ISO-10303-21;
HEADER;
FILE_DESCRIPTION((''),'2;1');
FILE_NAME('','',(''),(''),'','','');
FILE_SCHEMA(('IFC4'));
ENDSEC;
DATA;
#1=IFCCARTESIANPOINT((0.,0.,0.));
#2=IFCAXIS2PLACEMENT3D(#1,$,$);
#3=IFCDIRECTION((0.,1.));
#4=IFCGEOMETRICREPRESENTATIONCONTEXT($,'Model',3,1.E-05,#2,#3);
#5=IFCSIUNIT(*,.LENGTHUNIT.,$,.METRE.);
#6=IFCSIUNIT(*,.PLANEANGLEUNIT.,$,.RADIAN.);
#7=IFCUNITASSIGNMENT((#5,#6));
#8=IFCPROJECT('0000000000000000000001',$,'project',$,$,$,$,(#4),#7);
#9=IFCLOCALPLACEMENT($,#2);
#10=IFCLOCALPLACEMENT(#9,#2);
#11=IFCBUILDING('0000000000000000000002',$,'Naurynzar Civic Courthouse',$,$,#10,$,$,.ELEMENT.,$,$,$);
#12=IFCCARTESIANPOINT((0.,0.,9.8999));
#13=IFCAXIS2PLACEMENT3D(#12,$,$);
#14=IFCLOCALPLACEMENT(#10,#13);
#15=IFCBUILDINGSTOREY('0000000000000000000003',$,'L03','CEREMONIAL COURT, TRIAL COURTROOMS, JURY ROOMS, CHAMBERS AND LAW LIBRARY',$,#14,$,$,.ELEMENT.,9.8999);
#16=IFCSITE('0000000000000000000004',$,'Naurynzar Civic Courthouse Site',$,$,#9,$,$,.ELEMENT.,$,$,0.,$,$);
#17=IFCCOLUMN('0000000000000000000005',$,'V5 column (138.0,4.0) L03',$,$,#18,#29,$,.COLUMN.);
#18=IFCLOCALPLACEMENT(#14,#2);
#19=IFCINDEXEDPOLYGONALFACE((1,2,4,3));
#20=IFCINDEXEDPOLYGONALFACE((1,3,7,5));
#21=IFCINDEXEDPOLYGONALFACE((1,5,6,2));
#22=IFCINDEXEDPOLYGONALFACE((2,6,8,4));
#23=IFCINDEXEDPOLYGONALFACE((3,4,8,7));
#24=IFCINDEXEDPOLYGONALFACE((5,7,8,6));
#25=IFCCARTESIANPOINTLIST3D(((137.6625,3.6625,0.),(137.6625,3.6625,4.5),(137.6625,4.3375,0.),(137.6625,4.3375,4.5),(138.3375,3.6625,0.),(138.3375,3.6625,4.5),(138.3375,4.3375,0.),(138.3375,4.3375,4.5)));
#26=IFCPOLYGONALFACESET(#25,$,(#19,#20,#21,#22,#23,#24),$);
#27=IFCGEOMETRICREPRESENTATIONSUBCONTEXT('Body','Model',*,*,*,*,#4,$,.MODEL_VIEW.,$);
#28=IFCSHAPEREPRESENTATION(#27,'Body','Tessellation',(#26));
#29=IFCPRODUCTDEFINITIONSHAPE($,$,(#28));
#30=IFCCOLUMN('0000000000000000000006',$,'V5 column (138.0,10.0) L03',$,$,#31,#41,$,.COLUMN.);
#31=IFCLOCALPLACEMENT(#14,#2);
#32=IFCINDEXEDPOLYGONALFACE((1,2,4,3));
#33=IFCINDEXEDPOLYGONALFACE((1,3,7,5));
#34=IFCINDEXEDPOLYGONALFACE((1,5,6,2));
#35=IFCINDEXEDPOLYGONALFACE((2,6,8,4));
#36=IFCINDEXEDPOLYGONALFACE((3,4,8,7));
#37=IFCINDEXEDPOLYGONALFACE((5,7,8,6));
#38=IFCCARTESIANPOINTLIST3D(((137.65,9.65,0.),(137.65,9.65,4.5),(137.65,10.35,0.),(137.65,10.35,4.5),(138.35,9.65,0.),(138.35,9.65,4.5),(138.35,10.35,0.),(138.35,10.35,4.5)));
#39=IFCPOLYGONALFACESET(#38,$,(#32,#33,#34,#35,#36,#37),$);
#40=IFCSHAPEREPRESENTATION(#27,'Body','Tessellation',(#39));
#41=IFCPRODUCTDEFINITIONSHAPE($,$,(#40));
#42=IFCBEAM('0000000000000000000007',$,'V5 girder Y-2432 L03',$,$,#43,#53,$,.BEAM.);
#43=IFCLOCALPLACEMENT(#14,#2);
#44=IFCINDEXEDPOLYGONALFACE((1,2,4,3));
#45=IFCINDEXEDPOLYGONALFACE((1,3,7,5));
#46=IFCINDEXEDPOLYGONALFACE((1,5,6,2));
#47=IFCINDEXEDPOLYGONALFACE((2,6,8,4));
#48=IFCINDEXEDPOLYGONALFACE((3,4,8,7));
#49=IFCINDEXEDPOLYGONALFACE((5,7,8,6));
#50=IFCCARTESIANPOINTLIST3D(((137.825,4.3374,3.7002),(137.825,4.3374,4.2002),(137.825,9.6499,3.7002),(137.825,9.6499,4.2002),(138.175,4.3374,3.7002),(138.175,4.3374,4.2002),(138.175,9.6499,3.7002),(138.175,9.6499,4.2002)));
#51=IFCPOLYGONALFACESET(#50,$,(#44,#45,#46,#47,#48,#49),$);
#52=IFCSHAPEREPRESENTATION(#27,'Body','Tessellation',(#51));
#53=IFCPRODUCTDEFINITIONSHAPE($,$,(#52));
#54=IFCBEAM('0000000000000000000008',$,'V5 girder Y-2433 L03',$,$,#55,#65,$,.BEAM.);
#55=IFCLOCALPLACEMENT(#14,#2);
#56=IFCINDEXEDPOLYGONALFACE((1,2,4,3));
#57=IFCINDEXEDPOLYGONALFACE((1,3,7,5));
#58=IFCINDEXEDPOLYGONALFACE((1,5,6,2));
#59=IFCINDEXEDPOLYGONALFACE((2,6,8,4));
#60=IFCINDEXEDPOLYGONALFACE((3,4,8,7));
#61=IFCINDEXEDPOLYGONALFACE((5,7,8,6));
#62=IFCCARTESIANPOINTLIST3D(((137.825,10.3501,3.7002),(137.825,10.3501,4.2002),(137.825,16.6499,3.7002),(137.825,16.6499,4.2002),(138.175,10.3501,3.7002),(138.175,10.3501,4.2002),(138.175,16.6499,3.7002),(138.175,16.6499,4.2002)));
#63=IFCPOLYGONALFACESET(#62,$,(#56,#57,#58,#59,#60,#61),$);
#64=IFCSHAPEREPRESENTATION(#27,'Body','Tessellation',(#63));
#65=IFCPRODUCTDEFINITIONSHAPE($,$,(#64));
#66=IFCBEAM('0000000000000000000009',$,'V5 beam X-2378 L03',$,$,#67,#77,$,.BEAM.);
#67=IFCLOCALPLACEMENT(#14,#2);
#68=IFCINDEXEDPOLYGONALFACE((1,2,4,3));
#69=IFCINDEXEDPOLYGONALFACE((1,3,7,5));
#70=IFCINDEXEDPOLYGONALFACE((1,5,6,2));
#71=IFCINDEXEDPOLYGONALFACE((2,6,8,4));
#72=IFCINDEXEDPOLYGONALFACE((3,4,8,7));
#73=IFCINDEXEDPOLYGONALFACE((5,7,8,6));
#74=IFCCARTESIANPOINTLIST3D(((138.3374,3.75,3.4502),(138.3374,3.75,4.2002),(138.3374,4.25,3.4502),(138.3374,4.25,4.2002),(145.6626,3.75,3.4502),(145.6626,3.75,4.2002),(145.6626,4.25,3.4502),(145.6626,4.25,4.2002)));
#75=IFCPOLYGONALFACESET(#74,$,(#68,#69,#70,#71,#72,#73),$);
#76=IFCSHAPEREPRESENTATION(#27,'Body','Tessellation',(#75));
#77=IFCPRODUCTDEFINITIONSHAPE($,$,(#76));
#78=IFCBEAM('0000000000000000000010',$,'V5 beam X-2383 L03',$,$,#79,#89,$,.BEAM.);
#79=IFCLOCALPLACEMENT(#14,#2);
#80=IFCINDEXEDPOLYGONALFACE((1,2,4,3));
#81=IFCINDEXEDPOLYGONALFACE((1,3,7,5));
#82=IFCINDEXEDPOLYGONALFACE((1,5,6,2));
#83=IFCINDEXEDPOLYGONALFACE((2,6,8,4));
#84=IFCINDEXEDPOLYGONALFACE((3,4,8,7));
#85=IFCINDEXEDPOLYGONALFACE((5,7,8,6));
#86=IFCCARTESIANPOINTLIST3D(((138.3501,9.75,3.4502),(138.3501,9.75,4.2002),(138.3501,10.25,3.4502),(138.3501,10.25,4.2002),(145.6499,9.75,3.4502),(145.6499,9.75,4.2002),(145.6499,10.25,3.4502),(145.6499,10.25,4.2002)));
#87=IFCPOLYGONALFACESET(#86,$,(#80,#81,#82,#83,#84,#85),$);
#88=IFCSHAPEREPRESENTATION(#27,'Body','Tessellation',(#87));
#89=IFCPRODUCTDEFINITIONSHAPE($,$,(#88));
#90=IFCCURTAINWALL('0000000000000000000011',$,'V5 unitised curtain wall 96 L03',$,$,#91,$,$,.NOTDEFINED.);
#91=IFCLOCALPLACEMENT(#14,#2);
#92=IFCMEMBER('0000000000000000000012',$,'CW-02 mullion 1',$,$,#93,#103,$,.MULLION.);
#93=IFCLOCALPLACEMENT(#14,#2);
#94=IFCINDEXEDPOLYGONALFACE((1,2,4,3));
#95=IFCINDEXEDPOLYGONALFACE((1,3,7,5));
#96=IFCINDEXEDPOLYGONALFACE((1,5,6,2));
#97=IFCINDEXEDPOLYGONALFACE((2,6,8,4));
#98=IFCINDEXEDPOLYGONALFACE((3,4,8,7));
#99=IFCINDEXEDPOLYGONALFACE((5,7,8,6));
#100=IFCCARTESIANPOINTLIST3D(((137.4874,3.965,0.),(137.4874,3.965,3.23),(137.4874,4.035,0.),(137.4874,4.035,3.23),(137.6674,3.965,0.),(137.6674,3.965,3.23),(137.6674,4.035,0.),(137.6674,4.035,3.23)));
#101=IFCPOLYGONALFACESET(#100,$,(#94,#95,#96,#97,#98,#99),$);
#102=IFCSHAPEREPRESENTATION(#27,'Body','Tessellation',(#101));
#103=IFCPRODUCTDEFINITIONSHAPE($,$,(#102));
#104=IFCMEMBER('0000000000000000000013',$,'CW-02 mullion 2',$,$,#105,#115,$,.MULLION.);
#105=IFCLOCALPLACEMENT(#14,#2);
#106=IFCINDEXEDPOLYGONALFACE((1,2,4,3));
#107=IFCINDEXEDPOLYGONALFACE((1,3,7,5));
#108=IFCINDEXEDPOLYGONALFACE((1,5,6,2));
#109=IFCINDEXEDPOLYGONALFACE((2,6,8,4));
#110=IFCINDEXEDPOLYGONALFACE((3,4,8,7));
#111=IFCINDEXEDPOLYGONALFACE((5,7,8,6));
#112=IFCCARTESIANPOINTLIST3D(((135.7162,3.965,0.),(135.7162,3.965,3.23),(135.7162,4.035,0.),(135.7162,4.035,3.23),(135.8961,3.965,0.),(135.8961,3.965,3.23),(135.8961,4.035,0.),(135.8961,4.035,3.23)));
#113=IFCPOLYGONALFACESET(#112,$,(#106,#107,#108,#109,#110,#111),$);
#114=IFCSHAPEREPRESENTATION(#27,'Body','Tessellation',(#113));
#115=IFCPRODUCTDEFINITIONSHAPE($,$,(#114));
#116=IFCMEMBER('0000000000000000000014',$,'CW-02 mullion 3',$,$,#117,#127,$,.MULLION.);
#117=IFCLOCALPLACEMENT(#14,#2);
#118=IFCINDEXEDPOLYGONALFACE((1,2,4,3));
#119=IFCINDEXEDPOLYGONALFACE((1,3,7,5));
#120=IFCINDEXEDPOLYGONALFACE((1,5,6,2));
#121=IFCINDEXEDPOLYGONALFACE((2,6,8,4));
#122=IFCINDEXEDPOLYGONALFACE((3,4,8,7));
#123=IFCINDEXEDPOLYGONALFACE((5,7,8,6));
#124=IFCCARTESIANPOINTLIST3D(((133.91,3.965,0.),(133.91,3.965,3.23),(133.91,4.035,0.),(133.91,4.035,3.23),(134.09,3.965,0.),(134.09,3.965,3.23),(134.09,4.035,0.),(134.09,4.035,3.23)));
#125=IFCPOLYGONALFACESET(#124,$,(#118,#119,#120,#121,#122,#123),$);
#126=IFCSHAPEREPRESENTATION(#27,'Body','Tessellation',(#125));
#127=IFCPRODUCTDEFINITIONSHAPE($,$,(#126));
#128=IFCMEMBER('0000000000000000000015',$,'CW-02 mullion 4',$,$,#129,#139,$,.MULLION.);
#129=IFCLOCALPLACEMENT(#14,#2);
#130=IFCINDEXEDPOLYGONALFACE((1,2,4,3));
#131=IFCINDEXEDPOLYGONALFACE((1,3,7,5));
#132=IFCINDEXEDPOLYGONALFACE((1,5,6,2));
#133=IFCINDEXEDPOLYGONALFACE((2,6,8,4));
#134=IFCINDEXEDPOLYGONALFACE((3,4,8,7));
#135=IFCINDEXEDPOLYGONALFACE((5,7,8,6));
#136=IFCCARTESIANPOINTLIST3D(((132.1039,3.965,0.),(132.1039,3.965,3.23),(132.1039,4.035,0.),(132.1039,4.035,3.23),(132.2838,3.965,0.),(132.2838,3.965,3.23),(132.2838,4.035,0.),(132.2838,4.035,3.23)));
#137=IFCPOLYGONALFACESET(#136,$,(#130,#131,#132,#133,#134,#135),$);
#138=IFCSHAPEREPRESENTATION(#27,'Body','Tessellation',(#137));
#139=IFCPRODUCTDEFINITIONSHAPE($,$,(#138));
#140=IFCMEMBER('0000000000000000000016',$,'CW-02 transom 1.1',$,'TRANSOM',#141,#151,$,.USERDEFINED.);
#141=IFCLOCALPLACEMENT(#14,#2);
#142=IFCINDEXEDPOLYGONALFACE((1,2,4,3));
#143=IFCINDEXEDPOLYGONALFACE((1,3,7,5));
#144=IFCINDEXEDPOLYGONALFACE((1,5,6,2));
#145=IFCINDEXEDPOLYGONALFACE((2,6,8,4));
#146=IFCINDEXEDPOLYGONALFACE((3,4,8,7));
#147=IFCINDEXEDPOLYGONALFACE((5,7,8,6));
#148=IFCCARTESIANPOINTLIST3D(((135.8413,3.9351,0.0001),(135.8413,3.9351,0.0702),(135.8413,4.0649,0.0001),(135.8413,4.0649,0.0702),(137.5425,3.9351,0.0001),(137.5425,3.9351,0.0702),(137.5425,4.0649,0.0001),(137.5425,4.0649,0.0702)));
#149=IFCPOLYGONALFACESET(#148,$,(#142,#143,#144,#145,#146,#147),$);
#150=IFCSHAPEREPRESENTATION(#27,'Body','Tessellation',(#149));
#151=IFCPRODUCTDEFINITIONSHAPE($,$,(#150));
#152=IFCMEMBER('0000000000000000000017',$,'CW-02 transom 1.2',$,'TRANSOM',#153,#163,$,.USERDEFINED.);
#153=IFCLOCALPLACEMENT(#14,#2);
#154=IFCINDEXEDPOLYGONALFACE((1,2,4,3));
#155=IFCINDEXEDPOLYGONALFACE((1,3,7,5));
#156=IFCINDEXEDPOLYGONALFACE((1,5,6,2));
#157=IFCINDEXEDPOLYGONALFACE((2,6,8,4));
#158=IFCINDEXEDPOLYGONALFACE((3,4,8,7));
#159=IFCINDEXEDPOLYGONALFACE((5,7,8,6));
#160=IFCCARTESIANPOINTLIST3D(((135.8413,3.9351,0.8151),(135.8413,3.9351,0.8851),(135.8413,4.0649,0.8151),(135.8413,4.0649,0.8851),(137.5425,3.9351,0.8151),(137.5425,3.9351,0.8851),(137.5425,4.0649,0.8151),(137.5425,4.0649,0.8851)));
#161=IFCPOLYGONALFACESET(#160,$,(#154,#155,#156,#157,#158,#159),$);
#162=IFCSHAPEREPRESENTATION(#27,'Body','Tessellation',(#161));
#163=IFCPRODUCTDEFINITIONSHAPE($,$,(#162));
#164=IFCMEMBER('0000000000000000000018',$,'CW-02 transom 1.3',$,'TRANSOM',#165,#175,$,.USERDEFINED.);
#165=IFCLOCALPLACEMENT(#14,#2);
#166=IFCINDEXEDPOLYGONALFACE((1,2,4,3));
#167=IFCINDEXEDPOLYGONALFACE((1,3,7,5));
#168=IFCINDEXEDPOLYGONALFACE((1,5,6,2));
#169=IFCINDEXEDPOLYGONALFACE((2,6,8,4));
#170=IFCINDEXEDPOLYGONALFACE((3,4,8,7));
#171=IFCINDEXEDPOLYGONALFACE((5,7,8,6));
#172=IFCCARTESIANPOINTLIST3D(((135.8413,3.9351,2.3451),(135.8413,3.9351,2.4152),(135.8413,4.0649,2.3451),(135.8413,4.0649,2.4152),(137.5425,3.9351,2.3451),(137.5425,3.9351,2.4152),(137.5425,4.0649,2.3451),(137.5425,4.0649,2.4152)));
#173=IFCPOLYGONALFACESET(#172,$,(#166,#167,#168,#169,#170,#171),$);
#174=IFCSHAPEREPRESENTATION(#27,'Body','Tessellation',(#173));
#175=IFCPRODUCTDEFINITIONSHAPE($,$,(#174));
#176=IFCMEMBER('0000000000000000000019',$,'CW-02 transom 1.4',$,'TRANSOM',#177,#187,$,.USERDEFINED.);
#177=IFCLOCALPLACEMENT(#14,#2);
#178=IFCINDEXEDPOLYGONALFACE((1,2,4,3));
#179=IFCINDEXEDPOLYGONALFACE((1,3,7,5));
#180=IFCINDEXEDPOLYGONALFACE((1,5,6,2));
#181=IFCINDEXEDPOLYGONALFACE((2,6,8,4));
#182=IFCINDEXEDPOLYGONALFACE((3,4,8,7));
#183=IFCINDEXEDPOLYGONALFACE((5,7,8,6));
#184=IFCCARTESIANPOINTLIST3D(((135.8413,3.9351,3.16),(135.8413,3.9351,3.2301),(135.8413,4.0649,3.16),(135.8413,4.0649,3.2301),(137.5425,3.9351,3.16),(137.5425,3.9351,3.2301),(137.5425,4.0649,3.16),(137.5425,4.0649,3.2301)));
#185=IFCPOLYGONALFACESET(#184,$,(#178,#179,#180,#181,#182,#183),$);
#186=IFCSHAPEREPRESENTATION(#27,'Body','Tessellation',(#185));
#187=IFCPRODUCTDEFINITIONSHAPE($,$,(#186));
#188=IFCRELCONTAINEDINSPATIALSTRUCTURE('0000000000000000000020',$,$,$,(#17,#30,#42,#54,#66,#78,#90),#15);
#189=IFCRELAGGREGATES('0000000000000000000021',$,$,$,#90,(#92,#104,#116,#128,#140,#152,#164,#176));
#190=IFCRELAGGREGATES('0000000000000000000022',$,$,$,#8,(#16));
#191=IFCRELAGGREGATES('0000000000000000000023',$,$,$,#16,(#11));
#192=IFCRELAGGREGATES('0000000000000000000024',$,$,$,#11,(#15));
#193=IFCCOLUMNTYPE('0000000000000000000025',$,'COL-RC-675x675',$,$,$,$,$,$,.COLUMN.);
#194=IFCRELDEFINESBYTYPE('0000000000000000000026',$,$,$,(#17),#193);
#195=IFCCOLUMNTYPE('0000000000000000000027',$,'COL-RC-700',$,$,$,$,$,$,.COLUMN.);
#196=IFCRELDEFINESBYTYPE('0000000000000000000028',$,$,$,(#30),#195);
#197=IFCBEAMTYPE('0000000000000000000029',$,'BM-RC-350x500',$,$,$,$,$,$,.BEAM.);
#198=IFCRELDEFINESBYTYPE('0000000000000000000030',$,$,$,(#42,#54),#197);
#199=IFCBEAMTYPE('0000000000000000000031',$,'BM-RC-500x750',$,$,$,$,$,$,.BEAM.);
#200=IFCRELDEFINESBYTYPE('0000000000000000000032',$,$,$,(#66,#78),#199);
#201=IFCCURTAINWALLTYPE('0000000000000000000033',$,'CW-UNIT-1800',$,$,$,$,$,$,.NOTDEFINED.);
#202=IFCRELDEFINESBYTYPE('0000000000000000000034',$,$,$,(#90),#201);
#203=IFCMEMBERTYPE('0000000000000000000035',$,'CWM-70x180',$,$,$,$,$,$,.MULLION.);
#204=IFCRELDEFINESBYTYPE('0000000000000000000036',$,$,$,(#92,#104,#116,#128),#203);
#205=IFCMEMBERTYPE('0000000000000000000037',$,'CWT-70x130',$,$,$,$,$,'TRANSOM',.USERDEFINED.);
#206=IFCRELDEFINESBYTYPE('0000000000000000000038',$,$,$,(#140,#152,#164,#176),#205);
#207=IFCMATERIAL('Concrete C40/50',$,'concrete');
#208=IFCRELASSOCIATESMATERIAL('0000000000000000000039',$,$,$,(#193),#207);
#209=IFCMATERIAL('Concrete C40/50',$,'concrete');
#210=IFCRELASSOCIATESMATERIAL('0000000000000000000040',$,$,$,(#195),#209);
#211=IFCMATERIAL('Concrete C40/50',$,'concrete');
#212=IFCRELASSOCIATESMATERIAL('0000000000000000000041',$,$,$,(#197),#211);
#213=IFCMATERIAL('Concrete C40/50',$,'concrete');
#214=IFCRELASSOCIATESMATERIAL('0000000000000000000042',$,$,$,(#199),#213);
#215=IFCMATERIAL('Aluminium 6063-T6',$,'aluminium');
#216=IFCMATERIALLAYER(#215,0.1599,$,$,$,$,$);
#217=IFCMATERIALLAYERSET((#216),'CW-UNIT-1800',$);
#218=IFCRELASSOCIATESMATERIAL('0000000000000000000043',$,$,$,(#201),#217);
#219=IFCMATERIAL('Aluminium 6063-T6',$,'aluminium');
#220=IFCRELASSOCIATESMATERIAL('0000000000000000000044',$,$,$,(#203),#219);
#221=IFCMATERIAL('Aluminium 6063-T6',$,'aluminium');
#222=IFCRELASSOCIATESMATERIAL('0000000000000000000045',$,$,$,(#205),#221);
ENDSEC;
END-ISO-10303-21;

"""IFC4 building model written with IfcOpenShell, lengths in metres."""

from ifc_helpers import new_model, si_unit, direction, frame, origin, origin_2d, place, context, subcontext, project, spatial, rectangle, extrude, material, layer, layer_set, material_profile, profile_set, type_object, element, aggregate, save


model = new_model("IFC4")

# Units and contexts
model_context = context("Model", 3, precision=1e-05, world=origin(), true_north=direction((0.0, 1.0)))
body_context = subcontext(model_context, "Body", "Model", "MODEL_VIEW")
ifc_project = project(units=[si_unit("LENGTHUNIT", "METRE"), si_unit("PLANEANGLEUNIT", "RADIAN")], contexts=[model_context])

# Site, building, storey
site_placement = place(None, origin())
site = spatial("IfcSite", under=ifc_project, at=site_placement, Name="Naurynzar Civic Courthouse Site", CompositionType="ELEMENT", RefElevation=0.0)
building_placement = place(site_placement, origin())
building = spatial("IfcBuilding", under=site, at=building_placement, Name="Naurynzar Civic Courthouse", CompositionType="ELEMENT")
storey_placement = place(building_placement, frame((0.0, 0.0, 9.8999)))
storey = spatial("IfcBuildingStorey", under=building, at=storey_placement, Name="L03", Description="CEREMONIAL COURT, TRIAL COURTROOMS, JURY ROOMS, CHAMBERS AND LAW LIBRARY", CompositionType="ELEMENT", Elevation=9.8999)

# Columns
ifc_material_1 = material(Name="Concrete C40/50", Category="concrete")
ifc_material_profile_1 = material_profile(ifc_material_1, rectangle(XDim=0.675, YDim=0.675, at=origin_2d()), Name="RC 675x675")
ifc_profile_set_1 = profile_set([ifc_material_profile_1], Name="Concrete C40/50")
column_type_1 = type_object("IfcColumnType", Name="COL-RC-675x675", PredefinedType="COLUMN", material=ifc_profile_set_1)
column_1_placement = place(storey_placement, frame((138.0, 4.0, 0.0), z_axis=(0.0, 0.0, 1.0), x_axis=(1.0, 0.0, 0.0)))
element("IfcColumn", 1, at=column_1_placement, inside=storey, type_object=column_type_1, Name="V5 column (138.0,4.0) L03", PredefinedType="COLUMN", context=body_context, shape_type="SweptSolid", body=[
    extrude(rectangle(XDim=0.675, YDim=0.675, at=origin_2d()), origin(), (0.0, 0.0, 1.0), 4.5),
])
ifc_material_2 = material(Name="Concrete C40/50", Category="concrete")
ifc_material_profile_2 = material_profile(ifc_material_2, rectangle(XDim=0.7, YDim=0.7, at=origin_2d()), Name="RC 700x700")
ifc_profile_set_2 = profile_set([ifc_material_profile_2], Name="Concrete C40/50")
column_type_2 = type_object("IfcColumnType", Name="COL-RC-700", PredefinedType="COLUMN", material=ifc_profile_set_2)
column_2_placement = place(storey_placement, frame((138.0, 10.0, 0.0), z_axis=(0.0, 0.0, 1.0), x_axis=(1.0, 0.0, 0.0)))
element("IfcColumn", 2, at=column_2_placement, inside=storey, type_object=column_type_2, Name="V5 column (138.0,10.0) L03", PredefinedType="COLUMN", context=body_context, shape_type="SweptSolid", body=[
    extrude(rectangle(XDim=0.7, YDim=0.7, at=origin_2d()), origin(), (0.0, 0.0, 1.0), 4.5),
])

# Beams
ifc_material_3 = material(Name="Concrete C40/50", Category="concrete")
ifc_material_profile_3 = material_profile(ifc_material_3, rectangle(XDim=0.3501, YDim=0.5, at=origin_2d()), Name="RCB 350x500")
ifc_profile_set_3 = profile_set([ifc_material_profile_3], Name="Concrete C40/50")
beam_type_1 = type_object("IfcBeamType", Name="BM-RC-350x500", PredefinedType="BEAM", material=ifc_profile_set_3)
beam_1_placement = place(storey_placement, frame((138.0, 4.3374, 3.9502), z_axis=(0.0, 1.0, 0.0), x_axis=(-1.0, 0.0, 0.0)))
element("IfcBeam", 3, at=beam_1_placement, inside=storey, type_object=beam_type_1, Name="V5 girder Y-2432 L03", PredefinedType="BEAM", context=body_context, shape_type="SweptSolid", body=[
    extrude(rectangle(XDim=0.3501, YDim=0.5, at=origin_2d()), origin(), (0.0, 0.0, 1.0), 5.3125),
])
beam_2_placement = place(storey_placement, frame((138.0, 10.3501, 3.9502), z_axis=(0.0, 1.0, 0.0), x_axis=(-1.0, 0.0, 0.0)))
element("IfcBeam", 4, at=beam_2_placement, inside=storey, type_object=beam_type_1, Name="V5 girder Y-2433 L03", PredefinedType="BEAM", context=body_context, shape_type="SweptSolid", body=[
    extrude(rectangle(XDim=0.3501, YDim=0.5, at=origin_2d()), origin(), (0.0, 0.0, 1.0), 6.2998),
])
ifc_material_4 = material(Name="Concrete C40/50", Category="concrete")
ifc_material_profile_4 = material_profile(ifc_material_4, rectangle(XDim=0.5, YDim=0.75, at=origin_2d()), Name="RCB 500x750")
ifc_profile_set_4 = profile_set([ifc_material_profile_4], Name="Concrete C40/50")
beam_type_2 = type_object("IfcBeamType", Name="BM-RC-500x750", PredefinedType="BEAM", material=ifc_profile_set_4)
beam_3_placement = place(storey_placement, frame((138.3374, 4.0, 3.8252), z_axis=(1.0, 0.0, 0.0), x_axis=(0.0, 1.0, 0.0)))
element("IfcBeam", 5, at=beam_3_placement, inside=storey, type_object=beam_type_2, Name="V5 beam X-2378 L03", PredefinedType="BEAM", context=body_context, shape_type="SweptSolid", body=[
    extrude(rectangle(XDim=0.5, YDim=0.75, at=origin_2d()), origin(), (0.0, 0.0, 1.0), 7.3252),
])
beam_4_placement = place(storey_placement, frame((138.3501, 10.0, 3.8252), z_axis=(1.0, 0.0, 0.0), x_axis=(0.0, 1.0, 0.0)))
element("IfcBeam", 6, at=beam_4_placement, inside=storey, type_object=beam_type_2, Name="V5 beam X-2383 L03", PredefinedType="BEAM", context=body_context, shape_type="SweptSolid", body=[
    extrude(rectangle(XDim=0.5, YDim=0.75, at=origin_2d()), origin(), (0.0, 0.0, 1.0), 7.2998),
])

# Curtain wall, members
ifc_material_5 = material(Name="Aluminium 6063-T6", Category="aluminium")
ifc_layer_1 = layer(ifc_material_5, 0.1599)
ifc_layer_set_1 = layer_set([ifc_layer_1], Name="CW-UNIT-1800")
curtain_wall_type = type_object("IfcCurtainWallType", Name="CW-UNIT-1800", PredefinedType="NOTDEFINED", material=ifc_layer_set_1)
curtain_wall_placement = place(storey_placement, origin())
curtain_wall = element("IfcCurtainWall", 7, at=curtain_wall_placement, inside=storey, type_object=curtain_wall_type, Name="V5 unitised curtain wall 96 L03", PredefinedType="NOTDEFINED")
ifc_material_6 = material(Name="Aluminium 6063-T6", Category="aluminium")
ifc_material_profile_5 = material_profile(ifc_material_6, rectangle(XDim=0.0701, YDim=0.1799, at=origin_2d()), Name="ALU MULLION 70x180")
ifc_profile_set_5 = profile_set([ifc_material_profile_5], Name="Aluminium 6063-T6")
member_type_1 = type_object("IfcMemberType", Name="CWM-70x180", PredefinedType="MULLION", material=ifc_profile_set_5)
member_1_placement = place(storey_placement, frame((137.5774, 4.0, 0.0), z_axis=(0.0, 0.0, 1.0), x_axis=(0.0, -1.0, 0.0)))
member_1 = element("IfcMember", 8, at=member_1_placement, type_object=member_type_1, Name="CW-02 mullion 1", PredefinedType="MULLION", context=body_context, shape_type="SweptSolid", body=[
    extrude(rectangle(XDim=0.0701, YDim=0.1799, at=origin_2d()), origin(), (0.0, 0.0, 1.0), 3.23),
])
member_2_placement = place(storey_placement, frame((135.8062, 4.0, 0.0), z_axis=(0.0, 0.0, 1.0), x_axis=(0.0, -1.0, 0.0)))
member_2 = element("IfcMember", 9, at=member_2_placement, type_object=member_type_1, Name="CW-02 mullion 2", PredefinedType="MULLION", context=body_context, shape_type="SweptSolid", body=[
    extrude(rectangle(XDim=0.0701, YDim=0.1799, at=origin_2d()), origin(), (0.0, 0.0, 1.0), 3.23),
])
member_3_placement = place(storey_placement, frame((134.0, 4.0, 0.0), z_axis=(0.0, 0.0, 1.0), x_axis=(0.0, -1.0, 0.0)))
member_3 = element("IfcMember", 10, at=member_3_placement, type_object=member_type_1, Name="CW-02 mullion 3", PredefinedType="MULLION", context=body_context, shape_type="SweptSolid", body=[
    extrude(rectangle(XDim=0.0701, YDim=0.1799, at=origin_2d()), origin(), (0.0, 0.0, 1.0), 3.23),
])
member_4_placement = place(storey_placement, frame((132.1938, 4.0, 0.0), z_axis=(0.0, 0.0, 1.0), x_axis=(0.0, -1.0, 0.0)))
member_4 = element("IfcMember", 11, at=member_4_placement, type_object=member_type_1, Name="CW-02 mullion 4", PredefinedType="MULLION", context=body_context, shape_type="SweptSolid", body=[
    extrude(rectangle(XDim=0.0701, YDim=0.1799, at=origin_2d()), origin(), (0.0, 0.0, 1.0), 3.23),
])
ifc_material_7 = material(Name="Aluminium 6063-T6", Category="aluminium")
ifc_material_profile_6 = material_profile(ifc_material_7, rectangle(XDim=0.1299, YDim=0.0701, at=origin_2d()), Name="ALU TRANSOM 70x130")
ifc_profile_set_6 = profile_set([ifc_material_profile_6], Name="Aluminium 6063-T6")
member_type_2 = type_object("IfcMemberType", Name="CWT-70x130", ElementType="TRANSOM", PredefinedType="USERDEFINED", material=ifc_profile_set_6)
member_5_placement = place(storey_placement, frame((137.5425, 4.0, 0.0352), z_axis=(-1.0, 0.0, 0.0), x_axis=(0.0, -1.0, 0.0)))
member_5 = element("IfcMember", 12, at=member_5_placement, type_object=member_type_2, Name="CW-02 transom 1.1", ObjectType="TRANSOM", PredefinedType="USERDEFINED", context=body_context, shape_type="SweptSolid", body=[
    extrude(rectangle(XDim=0.1299, YDim=0.0701, at=origin_2d()), origin(), (0.0, 0.0, 1.0), 1.7012),
])
member_6_placement = place(storey_placement, frame((137.5425, 4.0, 0.8501), z_axis=(-1.0, 0.0, 0.0), x_axis=(0.0, -1.0, 0.0)))
member_6 = element("IfcMember", 13, at=member_6_placement, type_object=member_type_2, Name="CW-02 transom 1.2", ObjectType="TRANSOM", PredefinedType="USERDEFINED", context=body_context, shape_type="SweptSolid", body=[
    extrude(rectangle(XDim=0.1299, YDim=0.0701, at=origin_2d()), origin(), (0.0, 0.0, 1.0), 1.7012),
])
member_7_placement = place(storey_placement, frame((137.5425, 4.0, 2.3801), z_axis=(-1.0, 0.0, 0.0), x_axis=(0.0, -1.0, 0.0)))
member_7 = element("IfcMember", 14, at=member_7_placement, type_object=member_type_2, Name="CW-02 transom 1.3", ObjectType="TRANSOM", PredefinedType="USERDEFINED", context=body_context, shape_type="SweptSolid", body=[
    extrude(rectangle(XDim=0.1299, YDim=0.0701, at=origin_2d()), origin(), (0.0, 0.0, 1.0), 1.7012),
])
member_8_placement = place(storey_placement, frame((137.5425, 4.0, 3.1951), z_axis=(-1.0, 0.0, 0.0), x_axis=(0.0, -1.0, 0.0)))
member_8 = element("IfcMember", 15, at=member_8_placement, type_object=member_type_2, Name="CW-02 transom 1.4", ObjectType="TRANSOM", PredefinedType="USERDEFINED", context=body_context, shape_type="SweptSolid", body=[
    extrude(rectangle(XDim=0.1299, YDim=0.0701, at=origin_2d()), origin(), (0.0, 0.0, 1.0), 1.7012),
])
aggregate(curtain_wall, [member_1, member_2, member_3, member_4, member_5, member_6, member_7, member_8])

save(model, "model.ifc")
